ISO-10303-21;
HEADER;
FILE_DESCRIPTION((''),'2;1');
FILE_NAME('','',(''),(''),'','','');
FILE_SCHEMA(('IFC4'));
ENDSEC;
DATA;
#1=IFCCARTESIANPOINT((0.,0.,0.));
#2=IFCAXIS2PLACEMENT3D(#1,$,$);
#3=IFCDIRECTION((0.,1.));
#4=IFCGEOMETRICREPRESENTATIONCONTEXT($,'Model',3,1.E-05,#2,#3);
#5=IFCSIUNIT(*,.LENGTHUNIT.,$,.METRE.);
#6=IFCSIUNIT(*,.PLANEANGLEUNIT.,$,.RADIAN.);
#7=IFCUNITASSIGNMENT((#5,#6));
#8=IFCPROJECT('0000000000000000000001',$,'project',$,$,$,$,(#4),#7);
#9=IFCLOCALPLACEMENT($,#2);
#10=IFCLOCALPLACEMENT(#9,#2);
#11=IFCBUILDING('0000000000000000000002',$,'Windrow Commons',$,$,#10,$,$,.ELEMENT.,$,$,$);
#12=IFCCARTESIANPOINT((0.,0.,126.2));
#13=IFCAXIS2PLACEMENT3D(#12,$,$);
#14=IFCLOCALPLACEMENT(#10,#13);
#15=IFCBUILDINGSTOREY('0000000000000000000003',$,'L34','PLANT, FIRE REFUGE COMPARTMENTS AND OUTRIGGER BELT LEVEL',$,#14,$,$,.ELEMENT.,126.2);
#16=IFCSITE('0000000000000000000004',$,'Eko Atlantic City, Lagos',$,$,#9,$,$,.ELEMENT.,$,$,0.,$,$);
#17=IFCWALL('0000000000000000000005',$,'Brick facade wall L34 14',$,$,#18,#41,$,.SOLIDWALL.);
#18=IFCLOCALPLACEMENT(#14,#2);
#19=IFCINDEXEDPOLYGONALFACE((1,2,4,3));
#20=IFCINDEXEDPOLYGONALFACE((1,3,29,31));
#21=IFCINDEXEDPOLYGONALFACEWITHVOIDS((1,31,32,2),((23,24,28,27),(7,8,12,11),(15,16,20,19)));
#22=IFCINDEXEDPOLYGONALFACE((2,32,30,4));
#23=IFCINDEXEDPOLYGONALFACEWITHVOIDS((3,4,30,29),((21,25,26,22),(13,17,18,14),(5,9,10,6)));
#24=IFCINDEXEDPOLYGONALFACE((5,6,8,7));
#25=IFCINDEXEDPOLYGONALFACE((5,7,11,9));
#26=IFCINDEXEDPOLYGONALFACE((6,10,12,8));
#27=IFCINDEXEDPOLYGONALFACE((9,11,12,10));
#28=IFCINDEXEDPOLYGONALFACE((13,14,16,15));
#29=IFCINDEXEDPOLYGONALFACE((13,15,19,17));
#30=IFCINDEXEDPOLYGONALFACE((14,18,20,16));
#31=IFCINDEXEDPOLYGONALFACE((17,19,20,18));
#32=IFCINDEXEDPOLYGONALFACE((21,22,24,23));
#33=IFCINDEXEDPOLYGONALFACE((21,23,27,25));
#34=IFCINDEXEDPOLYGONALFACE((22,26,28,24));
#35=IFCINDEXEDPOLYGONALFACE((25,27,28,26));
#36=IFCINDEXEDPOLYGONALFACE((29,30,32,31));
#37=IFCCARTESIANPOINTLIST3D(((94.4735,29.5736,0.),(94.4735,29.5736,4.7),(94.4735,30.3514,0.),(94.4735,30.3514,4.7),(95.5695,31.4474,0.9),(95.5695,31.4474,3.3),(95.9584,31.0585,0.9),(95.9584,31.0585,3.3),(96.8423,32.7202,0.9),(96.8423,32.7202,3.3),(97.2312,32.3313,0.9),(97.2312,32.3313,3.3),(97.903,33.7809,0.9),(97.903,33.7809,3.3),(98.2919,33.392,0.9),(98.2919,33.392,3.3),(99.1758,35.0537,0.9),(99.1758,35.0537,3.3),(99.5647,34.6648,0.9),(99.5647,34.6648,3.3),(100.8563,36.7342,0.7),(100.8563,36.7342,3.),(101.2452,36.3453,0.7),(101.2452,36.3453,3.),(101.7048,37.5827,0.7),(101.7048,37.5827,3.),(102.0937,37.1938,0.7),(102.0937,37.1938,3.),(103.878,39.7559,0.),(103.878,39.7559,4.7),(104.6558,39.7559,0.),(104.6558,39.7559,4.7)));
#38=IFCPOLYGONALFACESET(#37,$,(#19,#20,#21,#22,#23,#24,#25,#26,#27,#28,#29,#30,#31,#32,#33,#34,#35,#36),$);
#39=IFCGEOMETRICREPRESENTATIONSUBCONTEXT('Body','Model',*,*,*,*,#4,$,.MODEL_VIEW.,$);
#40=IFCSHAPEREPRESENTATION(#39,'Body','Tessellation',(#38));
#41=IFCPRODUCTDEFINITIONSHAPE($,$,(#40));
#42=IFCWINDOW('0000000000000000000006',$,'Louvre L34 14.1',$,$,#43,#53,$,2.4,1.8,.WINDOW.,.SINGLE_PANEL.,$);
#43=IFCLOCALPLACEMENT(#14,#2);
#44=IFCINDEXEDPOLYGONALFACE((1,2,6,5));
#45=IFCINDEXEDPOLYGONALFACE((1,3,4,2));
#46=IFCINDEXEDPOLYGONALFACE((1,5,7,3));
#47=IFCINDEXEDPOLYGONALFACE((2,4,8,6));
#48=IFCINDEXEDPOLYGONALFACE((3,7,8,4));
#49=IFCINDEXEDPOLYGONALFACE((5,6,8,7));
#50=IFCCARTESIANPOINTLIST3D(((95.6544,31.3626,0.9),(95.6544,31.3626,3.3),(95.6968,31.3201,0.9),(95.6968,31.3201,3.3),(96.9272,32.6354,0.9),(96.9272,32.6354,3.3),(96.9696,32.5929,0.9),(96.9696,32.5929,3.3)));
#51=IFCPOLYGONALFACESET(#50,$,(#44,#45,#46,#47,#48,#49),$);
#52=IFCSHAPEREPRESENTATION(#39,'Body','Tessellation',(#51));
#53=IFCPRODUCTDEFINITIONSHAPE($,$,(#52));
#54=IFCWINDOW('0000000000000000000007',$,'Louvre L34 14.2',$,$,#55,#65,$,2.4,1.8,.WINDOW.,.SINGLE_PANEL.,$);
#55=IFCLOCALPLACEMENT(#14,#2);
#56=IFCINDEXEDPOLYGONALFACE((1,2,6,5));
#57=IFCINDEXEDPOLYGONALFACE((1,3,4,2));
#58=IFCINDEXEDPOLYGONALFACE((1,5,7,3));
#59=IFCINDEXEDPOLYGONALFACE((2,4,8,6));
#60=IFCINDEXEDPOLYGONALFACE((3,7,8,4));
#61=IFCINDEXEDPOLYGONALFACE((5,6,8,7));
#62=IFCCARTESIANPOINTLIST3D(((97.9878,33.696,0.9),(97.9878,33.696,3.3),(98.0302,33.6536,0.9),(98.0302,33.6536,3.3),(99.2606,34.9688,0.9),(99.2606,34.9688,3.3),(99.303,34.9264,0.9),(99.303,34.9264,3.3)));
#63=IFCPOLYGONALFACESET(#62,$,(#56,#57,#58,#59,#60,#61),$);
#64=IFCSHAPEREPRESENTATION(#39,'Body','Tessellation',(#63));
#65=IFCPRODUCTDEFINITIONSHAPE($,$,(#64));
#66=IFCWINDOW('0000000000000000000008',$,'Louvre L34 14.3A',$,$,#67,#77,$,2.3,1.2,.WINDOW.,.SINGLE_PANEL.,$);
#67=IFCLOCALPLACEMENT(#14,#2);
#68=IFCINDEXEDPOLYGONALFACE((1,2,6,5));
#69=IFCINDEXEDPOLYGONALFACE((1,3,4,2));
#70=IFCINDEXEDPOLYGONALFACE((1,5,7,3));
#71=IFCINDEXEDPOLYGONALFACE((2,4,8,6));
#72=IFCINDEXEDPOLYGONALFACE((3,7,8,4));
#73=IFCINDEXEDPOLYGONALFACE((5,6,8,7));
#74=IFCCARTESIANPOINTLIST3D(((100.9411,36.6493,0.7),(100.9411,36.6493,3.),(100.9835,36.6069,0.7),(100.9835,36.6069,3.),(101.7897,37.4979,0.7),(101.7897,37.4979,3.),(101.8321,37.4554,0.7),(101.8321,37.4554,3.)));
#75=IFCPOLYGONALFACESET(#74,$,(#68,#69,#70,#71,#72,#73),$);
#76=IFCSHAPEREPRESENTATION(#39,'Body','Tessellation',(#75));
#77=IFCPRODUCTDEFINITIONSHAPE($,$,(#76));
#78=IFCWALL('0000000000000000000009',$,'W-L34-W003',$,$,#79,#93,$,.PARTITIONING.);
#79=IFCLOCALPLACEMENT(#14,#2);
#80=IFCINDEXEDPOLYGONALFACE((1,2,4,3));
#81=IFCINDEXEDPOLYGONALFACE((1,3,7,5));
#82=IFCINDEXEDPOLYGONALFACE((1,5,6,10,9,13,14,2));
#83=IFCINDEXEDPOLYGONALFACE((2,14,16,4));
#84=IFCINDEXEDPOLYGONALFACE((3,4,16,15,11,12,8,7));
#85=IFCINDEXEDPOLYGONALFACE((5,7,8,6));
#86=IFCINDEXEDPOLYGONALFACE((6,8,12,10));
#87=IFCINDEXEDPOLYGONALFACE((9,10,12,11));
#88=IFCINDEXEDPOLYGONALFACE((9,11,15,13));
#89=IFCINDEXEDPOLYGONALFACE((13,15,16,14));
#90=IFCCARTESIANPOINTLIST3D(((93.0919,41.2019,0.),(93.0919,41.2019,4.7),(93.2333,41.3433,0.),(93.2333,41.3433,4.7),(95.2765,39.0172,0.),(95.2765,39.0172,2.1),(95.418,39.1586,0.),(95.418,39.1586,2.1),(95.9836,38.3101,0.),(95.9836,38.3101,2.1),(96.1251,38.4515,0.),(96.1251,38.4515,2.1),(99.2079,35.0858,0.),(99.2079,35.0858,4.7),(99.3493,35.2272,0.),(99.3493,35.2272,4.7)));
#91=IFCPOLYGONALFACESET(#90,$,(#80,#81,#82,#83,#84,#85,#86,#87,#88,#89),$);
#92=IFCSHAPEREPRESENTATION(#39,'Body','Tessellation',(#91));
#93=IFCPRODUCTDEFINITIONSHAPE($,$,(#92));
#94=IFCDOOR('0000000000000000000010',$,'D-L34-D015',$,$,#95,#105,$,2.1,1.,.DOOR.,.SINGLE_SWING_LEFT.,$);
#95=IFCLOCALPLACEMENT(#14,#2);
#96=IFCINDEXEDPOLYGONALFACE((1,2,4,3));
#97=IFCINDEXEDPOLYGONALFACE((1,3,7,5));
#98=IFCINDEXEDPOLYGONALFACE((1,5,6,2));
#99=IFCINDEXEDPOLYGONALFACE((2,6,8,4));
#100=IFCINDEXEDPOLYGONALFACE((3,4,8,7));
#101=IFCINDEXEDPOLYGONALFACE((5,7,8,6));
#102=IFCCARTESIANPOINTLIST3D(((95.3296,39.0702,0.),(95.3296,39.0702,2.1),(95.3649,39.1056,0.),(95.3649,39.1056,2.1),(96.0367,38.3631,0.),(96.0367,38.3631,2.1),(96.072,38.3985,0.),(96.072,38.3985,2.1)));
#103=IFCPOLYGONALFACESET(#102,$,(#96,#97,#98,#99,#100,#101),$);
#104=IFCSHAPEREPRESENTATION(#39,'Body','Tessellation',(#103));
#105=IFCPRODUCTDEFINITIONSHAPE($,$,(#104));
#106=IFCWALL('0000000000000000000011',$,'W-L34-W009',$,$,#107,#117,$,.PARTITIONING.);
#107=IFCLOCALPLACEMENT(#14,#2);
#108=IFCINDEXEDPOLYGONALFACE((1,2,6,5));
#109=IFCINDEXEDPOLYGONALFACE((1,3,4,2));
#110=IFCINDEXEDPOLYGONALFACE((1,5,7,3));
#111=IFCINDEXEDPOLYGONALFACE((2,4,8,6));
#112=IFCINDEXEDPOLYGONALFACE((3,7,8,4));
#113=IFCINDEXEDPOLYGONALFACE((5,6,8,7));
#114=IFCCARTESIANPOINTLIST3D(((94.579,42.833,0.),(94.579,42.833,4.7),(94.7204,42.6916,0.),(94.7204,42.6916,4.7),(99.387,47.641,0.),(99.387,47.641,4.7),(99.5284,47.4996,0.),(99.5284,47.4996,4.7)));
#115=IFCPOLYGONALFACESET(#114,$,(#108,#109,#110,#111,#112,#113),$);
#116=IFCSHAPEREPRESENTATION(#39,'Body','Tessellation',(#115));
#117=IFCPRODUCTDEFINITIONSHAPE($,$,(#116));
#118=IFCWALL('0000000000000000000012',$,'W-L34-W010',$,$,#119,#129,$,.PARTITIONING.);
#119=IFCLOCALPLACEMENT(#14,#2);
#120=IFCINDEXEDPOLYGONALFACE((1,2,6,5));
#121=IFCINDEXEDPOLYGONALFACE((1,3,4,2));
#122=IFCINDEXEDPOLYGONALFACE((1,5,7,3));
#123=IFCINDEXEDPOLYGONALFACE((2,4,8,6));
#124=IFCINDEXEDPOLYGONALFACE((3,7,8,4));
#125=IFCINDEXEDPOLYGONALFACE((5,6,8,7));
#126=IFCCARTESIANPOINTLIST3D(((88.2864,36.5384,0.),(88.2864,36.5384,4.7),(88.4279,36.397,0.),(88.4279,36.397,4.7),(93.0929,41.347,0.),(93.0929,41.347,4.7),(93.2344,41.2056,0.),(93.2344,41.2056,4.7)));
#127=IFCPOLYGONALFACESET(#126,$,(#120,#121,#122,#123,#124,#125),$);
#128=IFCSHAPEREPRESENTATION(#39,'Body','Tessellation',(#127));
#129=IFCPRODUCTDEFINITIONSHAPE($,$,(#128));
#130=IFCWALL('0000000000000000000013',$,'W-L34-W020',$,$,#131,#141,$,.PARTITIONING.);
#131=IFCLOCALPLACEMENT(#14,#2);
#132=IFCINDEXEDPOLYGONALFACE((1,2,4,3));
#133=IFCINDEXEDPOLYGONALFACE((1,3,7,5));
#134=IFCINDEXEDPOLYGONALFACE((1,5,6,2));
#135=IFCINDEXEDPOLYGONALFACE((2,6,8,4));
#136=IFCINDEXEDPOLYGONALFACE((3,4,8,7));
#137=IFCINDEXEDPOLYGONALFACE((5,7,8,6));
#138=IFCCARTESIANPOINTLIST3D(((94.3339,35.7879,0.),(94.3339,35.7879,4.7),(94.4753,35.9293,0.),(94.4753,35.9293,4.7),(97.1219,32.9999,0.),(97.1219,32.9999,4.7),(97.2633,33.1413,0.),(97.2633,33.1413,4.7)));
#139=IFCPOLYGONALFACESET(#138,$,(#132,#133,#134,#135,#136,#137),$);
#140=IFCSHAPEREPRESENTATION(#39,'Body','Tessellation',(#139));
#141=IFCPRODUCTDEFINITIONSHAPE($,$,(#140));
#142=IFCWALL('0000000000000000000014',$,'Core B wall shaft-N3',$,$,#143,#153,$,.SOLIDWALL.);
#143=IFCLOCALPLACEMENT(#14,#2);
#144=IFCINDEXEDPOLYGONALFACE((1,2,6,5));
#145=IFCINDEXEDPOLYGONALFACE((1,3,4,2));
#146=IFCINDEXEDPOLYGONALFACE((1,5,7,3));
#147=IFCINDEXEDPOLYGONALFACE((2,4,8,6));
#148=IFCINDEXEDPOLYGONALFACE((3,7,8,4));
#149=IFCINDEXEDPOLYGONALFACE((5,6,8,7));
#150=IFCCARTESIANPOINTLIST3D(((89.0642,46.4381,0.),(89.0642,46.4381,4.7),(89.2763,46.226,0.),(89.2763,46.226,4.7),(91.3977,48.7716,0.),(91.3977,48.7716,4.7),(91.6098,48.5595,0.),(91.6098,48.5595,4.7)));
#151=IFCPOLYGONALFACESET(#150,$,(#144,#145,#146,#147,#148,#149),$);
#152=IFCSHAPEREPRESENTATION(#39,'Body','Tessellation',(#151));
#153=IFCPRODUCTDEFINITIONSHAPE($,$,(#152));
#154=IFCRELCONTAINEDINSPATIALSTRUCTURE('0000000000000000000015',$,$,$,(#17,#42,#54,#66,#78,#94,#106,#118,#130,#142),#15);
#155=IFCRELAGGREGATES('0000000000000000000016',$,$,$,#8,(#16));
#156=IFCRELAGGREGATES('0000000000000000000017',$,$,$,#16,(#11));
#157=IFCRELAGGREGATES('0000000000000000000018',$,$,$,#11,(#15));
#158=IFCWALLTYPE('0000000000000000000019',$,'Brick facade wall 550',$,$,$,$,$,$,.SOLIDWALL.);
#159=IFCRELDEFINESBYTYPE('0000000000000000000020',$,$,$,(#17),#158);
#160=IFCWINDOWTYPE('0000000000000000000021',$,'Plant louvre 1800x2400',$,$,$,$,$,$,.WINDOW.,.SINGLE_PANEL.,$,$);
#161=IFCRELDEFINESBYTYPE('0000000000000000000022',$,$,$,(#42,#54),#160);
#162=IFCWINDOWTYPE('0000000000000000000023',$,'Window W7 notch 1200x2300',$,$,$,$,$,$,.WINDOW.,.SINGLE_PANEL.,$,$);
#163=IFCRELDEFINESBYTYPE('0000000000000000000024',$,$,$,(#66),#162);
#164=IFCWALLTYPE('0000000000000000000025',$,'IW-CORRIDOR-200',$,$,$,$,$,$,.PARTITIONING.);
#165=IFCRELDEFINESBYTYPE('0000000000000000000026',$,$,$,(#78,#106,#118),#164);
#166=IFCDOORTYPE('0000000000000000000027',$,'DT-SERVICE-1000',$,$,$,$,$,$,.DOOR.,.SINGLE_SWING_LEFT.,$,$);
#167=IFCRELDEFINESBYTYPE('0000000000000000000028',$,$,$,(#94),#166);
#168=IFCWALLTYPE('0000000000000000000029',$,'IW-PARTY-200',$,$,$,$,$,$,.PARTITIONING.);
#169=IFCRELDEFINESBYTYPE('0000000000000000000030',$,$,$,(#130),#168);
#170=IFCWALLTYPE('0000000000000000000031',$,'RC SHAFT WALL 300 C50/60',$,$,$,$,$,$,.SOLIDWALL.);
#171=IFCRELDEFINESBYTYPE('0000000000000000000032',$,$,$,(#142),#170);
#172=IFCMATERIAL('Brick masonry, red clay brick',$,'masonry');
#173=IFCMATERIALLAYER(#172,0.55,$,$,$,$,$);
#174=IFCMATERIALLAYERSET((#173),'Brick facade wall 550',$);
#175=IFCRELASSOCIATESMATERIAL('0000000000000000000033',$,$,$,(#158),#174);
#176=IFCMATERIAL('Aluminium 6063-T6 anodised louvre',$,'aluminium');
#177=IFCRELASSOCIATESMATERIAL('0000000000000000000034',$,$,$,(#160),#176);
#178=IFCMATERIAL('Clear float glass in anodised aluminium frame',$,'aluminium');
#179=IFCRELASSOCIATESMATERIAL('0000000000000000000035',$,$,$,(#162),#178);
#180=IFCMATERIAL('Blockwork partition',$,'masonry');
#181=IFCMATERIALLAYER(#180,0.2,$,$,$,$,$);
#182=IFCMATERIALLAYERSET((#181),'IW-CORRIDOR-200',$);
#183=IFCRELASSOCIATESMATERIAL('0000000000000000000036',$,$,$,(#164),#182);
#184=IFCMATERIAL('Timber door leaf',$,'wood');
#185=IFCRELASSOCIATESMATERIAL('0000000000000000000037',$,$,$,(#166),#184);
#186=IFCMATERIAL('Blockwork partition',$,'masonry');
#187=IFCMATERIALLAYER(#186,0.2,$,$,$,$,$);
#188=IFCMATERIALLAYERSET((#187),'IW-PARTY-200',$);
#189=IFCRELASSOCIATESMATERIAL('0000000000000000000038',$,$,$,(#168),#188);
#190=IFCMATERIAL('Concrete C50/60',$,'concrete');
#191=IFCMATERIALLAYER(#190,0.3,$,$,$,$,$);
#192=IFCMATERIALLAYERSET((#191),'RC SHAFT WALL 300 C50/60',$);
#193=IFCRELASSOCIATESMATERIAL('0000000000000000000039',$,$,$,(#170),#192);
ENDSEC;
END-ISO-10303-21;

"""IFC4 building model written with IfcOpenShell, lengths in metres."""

from ifc_helpers import new_model, si_unit, direction, frame, frame_2d, origin, place, context, subcontext, project, spatial, polyline, rectangle, outline, extrude, material, layer, layer_set, type_object, element, fill, save


model = new_model("IFC4")

# Units and contexts
model_context = context("Model", 3, precision=1e-05, world=origin(), true_north=direction((0.0, 1.0)))
body_context = subcontext(model_context, "Body", "Model", "MODEL_VIEW")
ifc_project = project(units=[si_unit("LENGTHUNIT", "METRE"), si_unit("PLANEANGLEUNIT", "RADIAN")], contexts=[model_context])

# Site, building, storey
site_placement = place(None, origin())
site = spatial("IfcSite", under=ifc_project, at=site_placement, Name="Eko Atlantic City, Lagos", CompositionType="ELEMENT", RefElevation=0.0)
building_placement = place(site_placement, origin())
building = spatial("IfcBuilding", under=site, at=building_placement, Name="Windrow Commons", CompositionType="ELEMENT")
storey_placement = place(building_placement, frame((0.0, 0.0, 126.2)))
storey = spatial("IfcBuildingStorey", under=building, at=storey_placement, Name="L34", Description="PLANT, FIRE REFUGE COMPARTMENTS AND OUTRIGGER BELT LEVEL", CompositionType="ELEMENT", Elevation=126.2)

# Wall, openings, windows
ifc_material_1 = material(Name="Brick masonry, red clay brick", Category="masonry")
ifc_layer_1 = layer(ifc_material_1, 0.55)
ifc_layer_set_1 = layer_set([ifc_layer_1], Name="Brick facade wall 550")
wall_type_1 = type_object("IfcWallType", Name="Brick facade wall 550", PredefinedType="SOLIDWALL", material=ifc_layer_set_1)
wall_1_placement = place(storey_placement, frame((94.4735, 29.9625, 0.0), z_axis=(0.0, 0.0, 1.0), x_axis=(0.707107, 0.707107, 0.0)))
wall_1 = element("IfcWall", 1, at=wall_1_placement, inside=storey, type_object=wall_type_1, Name="Brick facade wall L34 14", PredefinedType="SOLIDWALL", context=body_context, shape_type="SweptSolid", body=[
    extrude(outline(polyline([(-0.275, -0.275), (14.1249, -0.275), (13.575, 0.275), (0.275, 0.275), (-0.275, -0.275)])), origin(), (0.0, 0.0, 1.0), 4.7),
])
opening_1_placement = place(wall_1_placement, frame((1.825, 0.0, 0.9)))
opening_1 = element("IfcOpeningElement", 2, at=opening_1_placement, cuts=wall_1, PredefinedType="OPENING", context=body_context, shape_type="SweptSolid", body=[
    extrude(rectangle(XDim=1.8, YDim=2.4, at=frame_2d((0.9, 1.2))), frame((0.0, 0.285, 0.0), z_axis=(0.0, -1.0, 0.0), x_axis=(1.0, 0.0, 0.0)), (0.0, 0.0, 1.0), 0.57),
])
opening_2_placement = place(wall_1_placement, frame((5.125, 0.0, 0.9)))
opening_2 = element("IfcOpeningElement", 3, at=opening_2_placement, cuts=wall_1, PredefinedType="OPENING", context=body_context, shape_type="SweptSolid", body=[
    extrude(rectangle(XDim=1.8, YDim=2.4, at=frame_2d((0.9, 1.2))), frame((0.0, 0.285, 0.0), z_axis=(0.0, -1.0, 0.0), x_axis=(1.0, 0.0, 0.0)), (0.0, 0.0, 1.0), 0.57),
])
opening_3_placement = place(wall_1_placement, frame((9.3016, 0.0, 0.7)))
opening_3 = element("IfcOpeningElement", 4, at=opening_3_placement, cuts=wall_1, PredefinedType="OPENING", context=body_context, shape_type="SweptSolid", body=[
    extrude(rectangle(XDim=1.2, YDim=2.3, at=frame_2d((0.6, 1.15))), frame((0.0, 0.285, 0.0), z_axis=(0.0, -1.0, 0.0), x_axis=(1.0, 0.0, 0.0)), (0.0, 0.0, 1.0), 0.57),
])
ifc_material_2 = material(Name="Aluminium 6063-T6 anodised louvre", Category="aluminium")
window_type_1 = type_object("IfcWindowType", Name="Plant louvre 1800x2400", PartitioningType="SINGLE_PANEL", PredefinedType="WINDOW", material=ifc_material_2)
window_1_placement = place(opening_1_placement, origin())
window_1 = element("IfcWindow", 5, at=window_1_placement, inside=storey, type_object=window_type_1, Name="Louvre L34 14.1", OverallHeight=2.4, OverallWidth=1.8, PartitioningType="SINGLE_PANEL", PredefinedType="WINDOW", context=body_context, shape_type="SweptSolid", body=[
    extrude(rectangle(XDim=1.8, YDim=2.4, at=frame_2d((0.9, 1.2))), frame((0.0, 0.155, 0.0), z_axis=(0.0, -1.0, 0.0), x_axis=(1.0, 0.0, 0.0)), (0.0, 0.0, 1.0), 0.06),
])
fill(opening_1, window_1)
window_2_placement = place(opening_2_placement, origin())
window_2 = element("IfcWindow", 6, at=window_2_placement, inside=storey, type_object=window_type_1, Name="Louvre L34 14.2", OverallHeight=2.4, OverallWidth=1.8, PartitioningType="SINGLE_PANEL", PredefinedType="WINDOW", context=body_context, shape_type="SweptSolid", body=[
    extrude(rectangle(XDim=1.8, YDim=2.4, at=frame_2d((0.9, 1.2))), frame((0.0, 0.155, 0.0), z_axis=(0.0, -1.0, 0.0), x_axis=(1.0, 0.0, 0.0)), (0.0, 0.0, 1.0), 0.06),
])
fill(opening_2, window_2)
ifc_material_3 = material(Name="Clear float glass in anodised aluminium frame", Category="aluminium")
window_type_2 = type_object("IfcWindowType", Name="Window W7 notch 1200x2300", PartitioningType="SINGLE_PANEL", PredefinedType="WINDOW", material=ifc_material_3)
window_3_placement = place(opening_3_placement, origin())
window_3 = element("IfcWindow", 7, at=window_3_placement, inside=storey, type_object=window_type_2, Name="Louvre L34 14.3A", OverallHeight=2.3, OverallWidth=1.2, PartitioningType="SINGLE_PANEL", PredefinedType="WINDOW", context=body_context, shape_type="SweptSolid", body=[
    extrude(rectangle(XDim=1.2, YDim=2.3, at=frame_2d((0.6, 1.15))), frame((0.0, 0.155, 0.0), z_axis=(0.0, -1.0, 0.0), x_axis=(1.0, 0.0, 0.0)), (0.0, 0.0, 1.0), 0.06),
])
fill(opening_3, window_3)

# Wall, opening, door
ifc_material_4 = material(Name="Blockwork partition", Category="masonry")
ifc_layer_2 = layer(ifc_material_4, 0.2)
ifc_layer_set_2 = layer_set([ifc_layer_2], Name="IW-CORRIDOR-200")
wall_type_2 = type_object("IfcWallType", Name="IW-CORRIDOR-200", PredefinedType="PARTITIONING", material=ifc_layer_set_2)
wall_2_placement = place(storey_placement, frame((93.1626, 41.2726, 0.0), z_axis=(0.0, 0.0, 1.0), x_axis=(0.707101, -0.707113, 0.0)))
wall_2 = element("IfcWall", 8, at=wall_2_placement, inside=storey, type_object=wall_type_2, Name="W-L34-W003", PredefinedType="PARTITIONING", context=body_context, shape_type="SweptSolid", body=[
    extrude(rectangle(XDim=8.6494, YDim=0.2, at=frame_2d((4.3247, 0.0))), origin(), (0.0, 0.0, 1.0), 4.7),
])
opening_4_placement = place(wall_2_placement, frame((3.0896, 0.0, 0.0)))
opening_4 = element("IfcOpeningElement", 9, at=opening_4_placement, cuts=wall_2, PredefinedType="OPENING", context=body_context, shape_type="SweptSolid", body=[
    extrude(rectangle(XDim=1.0, YDim=2.1, at=frame_2d((0.5, 1.05))), frame((0.0, 0.11, 0.0), z_axis=(0.0, -1.0, 0.0), x_axis=(1.0, 0.0, 0.0)), (0.0, 0.0, 1.0), 0.22),
])
ifc_material_5 = material(Name="Timber door leaf", Category="wood")
door_type = type_object("IfcDoorType", Name="DT-SERVICE-1000", OperationType="SINGLE_SWING_LEFT", PredefinedType="DOOR", material=ifc_material_5)
door_placement = place(opening_4_placement, origin())
door = element("IfcDoor", 10, at=door_placement, inside=storey, type_object=door_type, Name="D-L34-D015", OperationType="SINGLE_SWING_LEFT", OverallHeight=2.1, OverallWidth=1.0, PredefinedType="DOOR", context=body_context, shape_type="SweptSolid", body=[
    extrude(rectangle(XDim=1.0, YDim=2.1, at=frame_2d((0.5, 1.05))), frame((0.0, 0.025, 0.0), z_axis=(0.0, -1.0, 0.0), x_axis=(1.0, 0.0, 0.0)), (0.0, 0.0, 1.0), 0.05),
])
fill(opening_4, door)

# Walls
wall_3_placement = place(storey_placement, frame((94.6497, 42.7623, 0.0), z_axis=(0.0, 0.0, 1.0), x_axis=(0.707107, 0.707107, 0.0)))
element("IfcWall", 11, at=wall_3_placement, inside=storey, type_object=wall_type_2, Name="W-L34-W009", PredefinedType="PARTITIONING", context=body_context, shape_type="SweptSolid", body=[
    extrude(rectangle(XDim=6.7995, YDim=0.2, at=frame_2d((3.3998, 0.0))), origin(), (0.0, 0.0, 1.0), 4.7),
])
wall_4_placement = place(storey_placement, frame((88.3572, 36.4677, 0.0), z_axis=(0.0, 0.0, 1.0), x_axis=(0.706952, 0.707261, 0.0)))
element("IfcWall", 12, at=wall_4_placement, inside=storey, type_object=wall_type_2, Name="W-L34-W010", PredefinedType="PARTITIONING", context=body_context, shape_type="SweptSolid", body=[
    extrude(rectangle(XDim=6.7989, YDim=0.2, at=frame_2d((3.3994, 0.0))), origin(), (0.0, 0.0, 1.0), 4.7),
])
ifc_material_6 = material(Name="Blockwork partition", Category="masonry")
ifc_layer_3 = layer(ifc_material_6, 0.2)
ifc_layer_set_3 = layer_set([ifc_layer_3], Name="IW-PARTY-200")
wall_type_3 = type_object("IfcWallType", Name="IW-PARTY-200", PredefinedType="PARTITIONING", material=ifc_layer_set_3)
wall_5_placement = place(storey_placement, frame((94.4046, 35.8586, 0.0), z_axis=(0.0, 0.0, 1.0), x_axis=(0.707107, -0.707107, 0.0)))
element("IfcWall", 13, at=wall_5_placement, inside=storey, type_object=wall_type_3, Name="W-L34-W020", PredefinedType="PARTITIONING", context=body_context, shape_type="SweptSolid", body=[
    extrude(rectangle(XDim=3.9428, YDim=0.2, at=frame_2d((1.9714, 0.0))), origin(), (0.0, 0.0, 1.0), 4.7),
])
ifc_material_7 = material(Name="Concrete C50/60", Category="concrete")
ifc_layer_4 = layer(ifc_material_7, 0.3)
ifc_layer_set_4 = layer_set([ifc_layer_4], Name="RC SHAFT WALL 300 C50/60")
wall_type_4 = type_object("IfcWallType", Name="RC SHAFT WALL 300 C50/60", PredefinedType="SOLIDWALL", material=ifc_layer_set_4)
wall_6_placement = place(storey_placement, frame((89.1702, 46.332, 0.0), z_axis=(0.0, 0.0, 1.0), x_axis=(0.707107, 0.707107, 0.0)))
element("IfcWall", 14, at=wall_6_placement, inside=storey, type_object=wall_type_4, Name="Core B wall shaft-N3", PredefinedType="SOLIDWALL", context=body_context, shape_type="SweptSolid", body=[
    extrude(rectangle(XDim=3.3001, YDim=0.3, at=frame_2d((1.6501, 0.0))), origin(), (0.0, 0.0, 1.0), 4.7),
])

save(model, "model.ifc")
